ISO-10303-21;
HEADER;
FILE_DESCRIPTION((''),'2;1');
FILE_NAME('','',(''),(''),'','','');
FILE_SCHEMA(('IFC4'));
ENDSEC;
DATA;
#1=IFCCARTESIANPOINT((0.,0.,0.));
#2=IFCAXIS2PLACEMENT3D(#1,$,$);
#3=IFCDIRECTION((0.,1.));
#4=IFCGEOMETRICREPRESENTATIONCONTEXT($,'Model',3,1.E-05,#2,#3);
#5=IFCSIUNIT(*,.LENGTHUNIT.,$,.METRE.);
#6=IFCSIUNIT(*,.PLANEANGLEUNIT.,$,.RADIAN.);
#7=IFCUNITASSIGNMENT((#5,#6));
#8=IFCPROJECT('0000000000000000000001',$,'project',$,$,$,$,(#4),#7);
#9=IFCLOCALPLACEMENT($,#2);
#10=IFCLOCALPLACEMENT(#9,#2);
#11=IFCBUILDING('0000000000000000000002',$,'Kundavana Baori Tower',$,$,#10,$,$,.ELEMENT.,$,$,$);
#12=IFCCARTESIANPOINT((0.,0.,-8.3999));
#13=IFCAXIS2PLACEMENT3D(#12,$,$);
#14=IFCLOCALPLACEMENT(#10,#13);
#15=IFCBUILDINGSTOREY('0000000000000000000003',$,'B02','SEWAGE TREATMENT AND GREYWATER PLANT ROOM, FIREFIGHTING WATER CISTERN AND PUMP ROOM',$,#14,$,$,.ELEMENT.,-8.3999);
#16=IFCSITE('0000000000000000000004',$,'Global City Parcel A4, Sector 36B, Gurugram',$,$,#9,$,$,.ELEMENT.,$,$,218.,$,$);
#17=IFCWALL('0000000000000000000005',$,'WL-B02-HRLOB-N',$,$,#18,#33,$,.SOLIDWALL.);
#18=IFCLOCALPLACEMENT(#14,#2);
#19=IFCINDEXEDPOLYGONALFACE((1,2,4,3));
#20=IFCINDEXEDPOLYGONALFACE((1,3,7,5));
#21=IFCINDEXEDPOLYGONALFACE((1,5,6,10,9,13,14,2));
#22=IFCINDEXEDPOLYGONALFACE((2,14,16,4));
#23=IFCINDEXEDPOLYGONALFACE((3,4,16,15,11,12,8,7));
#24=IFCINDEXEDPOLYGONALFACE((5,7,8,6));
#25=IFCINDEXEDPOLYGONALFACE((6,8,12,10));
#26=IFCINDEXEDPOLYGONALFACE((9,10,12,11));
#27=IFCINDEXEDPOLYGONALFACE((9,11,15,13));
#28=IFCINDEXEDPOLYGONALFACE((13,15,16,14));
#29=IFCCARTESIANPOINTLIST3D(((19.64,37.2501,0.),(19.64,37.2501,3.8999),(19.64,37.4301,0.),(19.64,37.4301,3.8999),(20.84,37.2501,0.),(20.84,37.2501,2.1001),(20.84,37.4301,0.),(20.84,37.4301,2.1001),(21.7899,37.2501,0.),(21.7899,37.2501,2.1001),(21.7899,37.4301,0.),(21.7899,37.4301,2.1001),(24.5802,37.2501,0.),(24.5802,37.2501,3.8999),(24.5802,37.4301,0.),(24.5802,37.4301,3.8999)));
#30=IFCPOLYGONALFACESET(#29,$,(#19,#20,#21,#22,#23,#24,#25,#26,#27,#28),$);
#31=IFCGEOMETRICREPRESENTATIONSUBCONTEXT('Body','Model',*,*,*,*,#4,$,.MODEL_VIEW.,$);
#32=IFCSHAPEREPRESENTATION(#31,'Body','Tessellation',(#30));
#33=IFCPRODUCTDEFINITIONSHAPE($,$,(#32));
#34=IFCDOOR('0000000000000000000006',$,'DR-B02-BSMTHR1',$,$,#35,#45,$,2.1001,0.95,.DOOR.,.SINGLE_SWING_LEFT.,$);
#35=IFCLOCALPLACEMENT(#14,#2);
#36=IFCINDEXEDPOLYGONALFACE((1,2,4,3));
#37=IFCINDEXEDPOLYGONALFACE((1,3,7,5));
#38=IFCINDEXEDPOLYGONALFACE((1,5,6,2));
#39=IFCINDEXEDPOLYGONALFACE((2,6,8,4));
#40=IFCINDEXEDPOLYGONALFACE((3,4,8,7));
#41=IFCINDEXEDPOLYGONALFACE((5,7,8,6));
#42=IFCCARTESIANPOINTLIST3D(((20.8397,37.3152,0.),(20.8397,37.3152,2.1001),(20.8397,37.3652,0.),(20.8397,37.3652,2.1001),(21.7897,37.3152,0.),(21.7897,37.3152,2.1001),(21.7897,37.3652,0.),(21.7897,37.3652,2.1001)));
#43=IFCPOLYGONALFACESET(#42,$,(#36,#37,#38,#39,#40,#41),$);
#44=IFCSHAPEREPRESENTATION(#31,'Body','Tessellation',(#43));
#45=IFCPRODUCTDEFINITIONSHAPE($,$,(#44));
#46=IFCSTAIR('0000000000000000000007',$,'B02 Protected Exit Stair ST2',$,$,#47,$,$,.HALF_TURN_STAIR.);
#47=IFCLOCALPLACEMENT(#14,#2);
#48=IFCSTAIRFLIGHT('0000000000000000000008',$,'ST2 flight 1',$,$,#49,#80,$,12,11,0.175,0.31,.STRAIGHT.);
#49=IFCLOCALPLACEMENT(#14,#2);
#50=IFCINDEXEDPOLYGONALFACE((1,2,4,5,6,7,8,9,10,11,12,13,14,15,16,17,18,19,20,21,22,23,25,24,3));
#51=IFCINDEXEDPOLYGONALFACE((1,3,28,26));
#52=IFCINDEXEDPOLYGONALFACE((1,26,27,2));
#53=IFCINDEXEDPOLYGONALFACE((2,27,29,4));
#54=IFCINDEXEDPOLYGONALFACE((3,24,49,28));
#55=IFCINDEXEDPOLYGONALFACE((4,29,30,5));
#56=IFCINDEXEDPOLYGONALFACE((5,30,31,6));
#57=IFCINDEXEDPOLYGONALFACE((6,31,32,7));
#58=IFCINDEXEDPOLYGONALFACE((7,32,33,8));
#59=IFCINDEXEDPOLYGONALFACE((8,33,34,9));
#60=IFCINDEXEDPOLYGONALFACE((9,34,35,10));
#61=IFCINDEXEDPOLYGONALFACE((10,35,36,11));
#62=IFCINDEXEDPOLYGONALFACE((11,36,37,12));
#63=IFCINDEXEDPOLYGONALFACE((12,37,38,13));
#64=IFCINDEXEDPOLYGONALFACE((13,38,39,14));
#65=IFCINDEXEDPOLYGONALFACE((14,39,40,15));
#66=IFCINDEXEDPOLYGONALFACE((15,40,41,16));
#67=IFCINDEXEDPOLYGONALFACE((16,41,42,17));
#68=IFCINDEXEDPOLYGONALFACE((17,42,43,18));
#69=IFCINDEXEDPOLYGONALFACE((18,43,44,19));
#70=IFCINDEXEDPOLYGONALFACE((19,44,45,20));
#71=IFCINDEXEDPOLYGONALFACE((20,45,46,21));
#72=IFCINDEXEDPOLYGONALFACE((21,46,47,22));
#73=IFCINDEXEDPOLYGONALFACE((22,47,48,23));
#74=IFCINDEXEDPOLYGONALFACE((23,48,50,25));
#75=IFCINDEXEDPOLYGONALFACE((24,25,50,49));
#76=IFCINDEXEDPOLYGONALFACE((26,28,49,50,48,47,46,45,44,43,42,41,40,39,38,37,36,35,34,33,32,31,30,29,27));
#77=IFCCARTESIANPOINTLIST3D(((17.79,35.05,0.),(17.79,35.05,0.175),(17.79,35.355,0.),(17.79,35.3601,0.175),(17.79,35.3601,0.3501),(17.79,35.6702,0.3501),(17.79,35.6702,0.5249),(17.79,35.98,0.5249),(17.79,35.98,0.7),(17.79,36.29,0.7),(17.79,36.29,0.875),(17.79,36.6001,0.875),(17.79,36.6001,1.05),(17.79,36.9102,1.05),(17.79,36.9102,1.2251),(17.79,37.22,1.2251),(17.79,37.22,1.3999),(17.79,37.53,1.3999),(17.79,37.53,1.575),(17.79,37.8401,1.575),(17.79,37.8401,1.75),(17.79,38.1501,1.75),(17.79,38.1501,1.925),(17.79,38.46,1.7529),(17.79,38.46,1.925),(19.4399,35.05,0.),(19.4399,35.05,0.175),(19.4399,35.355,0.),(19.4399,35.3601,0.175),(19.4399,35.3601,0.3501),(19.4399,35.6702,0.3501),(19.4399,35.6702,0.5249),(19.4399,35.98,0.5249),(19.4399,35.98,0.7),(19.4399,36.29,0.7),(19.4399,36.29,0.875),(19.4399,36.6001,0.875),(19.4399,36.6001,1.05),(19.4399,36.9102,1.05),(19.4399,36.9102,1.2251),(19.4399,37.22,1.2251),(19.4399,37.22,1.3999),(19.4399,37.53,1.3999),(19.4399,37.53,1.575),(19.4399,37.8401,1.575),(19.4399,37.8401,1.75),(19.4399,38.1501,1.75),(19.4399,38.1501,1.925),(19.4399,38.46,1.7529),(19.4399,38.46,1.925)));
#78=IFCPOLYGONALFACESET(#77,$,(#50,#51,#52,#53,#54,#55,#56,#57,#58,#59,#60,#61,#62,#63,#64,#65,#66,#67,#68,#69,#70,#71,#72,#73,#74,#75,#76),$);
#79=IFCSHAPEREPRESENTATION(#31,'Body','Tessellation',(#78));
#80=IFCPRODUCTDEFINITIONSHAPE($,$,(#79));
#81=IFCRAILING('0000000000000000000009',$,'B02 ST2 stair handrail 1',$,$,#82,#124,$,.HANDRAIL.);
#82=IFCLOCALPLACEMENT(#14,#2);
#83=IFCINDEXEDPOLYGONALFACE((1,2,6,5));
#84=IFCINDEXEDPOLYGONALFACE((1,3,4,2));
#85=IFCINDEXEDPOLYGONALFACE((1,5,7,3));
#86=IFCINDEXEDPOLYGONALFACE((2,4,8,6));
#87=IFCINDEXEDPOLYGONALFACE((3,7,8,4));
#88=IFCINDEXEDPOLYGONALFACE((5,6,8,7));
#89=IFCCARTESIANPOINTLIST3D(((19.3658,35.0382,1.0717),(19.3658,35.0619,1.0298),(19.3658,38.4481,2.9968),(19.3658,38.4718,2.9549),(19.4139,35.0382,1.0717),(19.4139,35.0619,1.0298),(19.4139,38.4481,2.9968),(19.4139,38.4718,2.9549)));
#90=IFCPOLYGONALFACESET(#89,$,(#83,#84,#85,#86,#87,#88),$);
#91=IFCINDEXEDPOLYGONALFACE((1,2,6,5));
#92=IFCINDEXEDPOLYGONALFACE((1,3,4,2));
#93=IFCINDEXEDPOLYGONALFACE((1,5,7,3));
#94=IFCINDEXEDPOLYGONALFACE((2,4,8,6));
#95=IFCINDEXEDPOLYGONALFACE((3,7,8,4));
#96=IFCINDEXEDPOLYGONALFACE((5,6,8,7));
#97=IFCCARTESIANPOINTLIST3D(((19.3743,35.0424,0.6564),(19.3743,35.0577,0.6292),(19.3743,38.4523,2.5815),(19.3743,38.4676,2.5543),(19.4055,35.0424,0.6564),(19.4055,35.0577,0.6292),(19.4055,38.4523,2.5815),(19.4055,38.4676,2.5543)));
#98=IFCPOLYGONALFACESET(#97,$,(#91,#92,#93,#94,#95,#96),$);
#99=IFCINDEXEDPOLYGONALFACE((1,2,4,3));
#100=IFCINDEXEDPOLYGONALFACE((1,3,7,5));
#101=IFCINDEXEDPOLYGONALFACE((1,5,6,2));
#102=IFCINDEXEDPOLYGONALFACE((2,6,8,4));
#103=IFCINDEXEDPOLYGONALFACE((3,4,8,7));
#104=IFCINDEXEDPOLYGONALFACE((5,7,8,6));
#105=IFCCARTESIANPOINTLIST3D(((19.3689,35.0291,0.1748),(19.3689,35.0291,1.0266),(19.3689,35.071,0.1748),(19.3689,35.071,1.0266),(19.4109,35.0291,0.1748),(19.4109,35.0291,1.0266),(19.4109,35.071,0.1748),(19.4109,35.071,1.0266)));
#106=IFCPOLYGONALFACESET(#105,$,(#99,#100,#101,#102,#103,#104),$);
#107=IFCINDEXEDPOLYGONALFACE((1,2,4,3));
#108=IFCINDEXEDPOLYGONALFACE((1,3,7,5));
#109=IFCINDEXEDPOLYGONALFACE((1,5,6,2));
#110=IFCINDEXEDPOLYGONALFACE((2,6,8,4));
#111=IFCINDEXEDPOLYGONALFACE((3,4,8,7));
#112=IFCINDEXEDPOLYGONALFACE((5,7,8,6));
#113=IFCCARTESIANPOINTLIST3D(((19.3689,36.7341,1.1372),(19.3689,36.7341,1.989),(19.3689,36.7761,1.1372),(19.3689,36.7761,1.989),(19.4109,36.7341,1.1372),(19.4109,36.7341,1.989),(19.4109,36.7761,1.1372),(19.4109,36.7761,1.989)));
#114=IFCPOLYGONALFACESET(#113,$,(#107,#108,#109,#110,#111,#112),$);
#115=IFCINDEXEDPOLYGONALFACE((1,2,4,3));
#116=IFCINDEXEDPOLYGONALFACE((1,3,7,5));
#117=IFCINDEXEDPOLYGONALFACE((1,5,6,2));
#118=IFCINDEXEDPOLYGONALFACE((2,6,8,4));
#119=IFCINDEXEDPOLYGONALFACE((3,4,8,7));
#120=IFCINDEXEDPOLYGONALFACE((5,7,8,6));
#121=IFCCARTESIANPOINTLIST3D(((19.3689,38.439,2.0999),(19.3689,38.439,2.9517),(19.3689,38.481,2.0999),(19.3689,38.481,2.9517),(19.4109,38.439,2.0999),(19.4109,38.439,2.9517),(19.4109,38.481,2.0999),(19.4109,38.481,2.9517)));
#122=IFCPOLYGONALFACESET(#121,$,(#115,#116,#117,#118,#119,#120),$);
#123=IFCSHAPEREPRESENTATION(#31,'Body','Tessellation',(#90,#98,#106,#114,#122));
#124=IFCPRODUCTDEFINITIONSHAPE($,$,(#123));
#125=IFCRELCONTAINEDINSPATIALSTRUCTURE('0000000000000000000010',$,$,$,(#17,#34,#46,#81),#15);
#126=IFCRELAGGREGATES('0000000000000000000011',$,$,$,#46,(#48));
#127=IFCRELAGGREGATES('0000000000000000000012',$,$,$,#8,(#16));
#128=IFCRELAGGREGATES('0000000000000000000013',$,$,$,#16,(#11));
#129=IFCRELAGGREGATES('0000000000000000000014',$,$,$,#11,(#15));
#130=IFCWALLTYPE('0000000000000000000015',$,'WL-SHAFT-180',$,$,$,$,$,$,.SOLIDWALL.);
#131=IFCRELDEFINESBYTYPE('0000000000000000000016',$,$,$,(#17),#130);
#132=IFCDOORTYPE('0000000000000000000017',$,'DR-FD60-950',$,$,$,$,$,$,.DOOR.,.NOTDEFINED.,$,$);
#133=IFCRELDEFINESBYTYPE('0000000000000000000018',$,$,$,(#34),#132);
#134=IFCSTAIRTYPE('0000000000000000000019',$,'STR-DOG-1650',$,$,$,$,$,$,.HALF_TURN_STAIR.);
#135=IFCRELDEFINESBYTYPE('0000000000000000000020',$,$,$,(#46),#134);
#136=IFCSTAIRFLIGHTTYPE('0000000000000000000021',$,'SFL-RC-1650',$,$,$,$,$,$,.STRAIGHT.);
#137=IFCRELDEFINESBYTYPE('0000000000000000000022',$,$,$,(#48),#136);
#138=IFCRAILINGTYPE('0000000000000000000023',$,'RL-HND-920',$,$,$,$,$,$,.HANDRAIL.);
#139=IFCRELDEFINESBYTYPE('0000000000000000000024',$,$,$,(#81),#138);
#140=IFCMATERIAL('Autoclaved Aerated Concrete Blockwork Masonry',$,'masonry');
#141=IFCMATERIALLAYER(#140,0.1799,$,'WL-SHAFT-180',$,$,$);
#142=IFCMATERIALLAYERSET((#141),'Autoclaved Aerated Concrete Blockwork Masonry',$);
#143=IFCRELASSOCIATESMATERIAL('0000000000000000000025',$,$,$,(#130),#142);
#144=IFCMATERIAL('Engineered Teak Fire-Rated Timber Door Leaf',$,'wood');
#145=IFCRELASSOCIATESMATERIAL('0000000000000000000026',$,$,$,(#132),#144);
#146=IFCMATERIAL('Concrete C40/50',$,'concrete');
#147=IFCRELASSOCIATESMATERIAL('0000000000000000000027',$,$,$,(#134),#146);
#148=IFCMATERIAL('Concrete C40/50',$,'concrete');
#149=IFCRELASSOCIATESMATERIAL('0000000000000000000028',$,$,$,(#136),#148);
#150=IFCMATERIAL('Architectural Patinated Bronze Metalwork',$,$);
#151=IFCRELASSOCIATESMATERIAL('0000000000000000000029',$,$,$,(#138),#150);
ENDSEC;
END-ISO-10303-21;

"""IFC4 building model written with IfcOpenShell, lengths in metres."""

from ifc_helpers import new_model, si_unit, direction, frame, frame_2d, origin, origin_2d, place, context, subcontext, project, spatial, polyline, rectangle, outline, extrude, material, layer, layer_set, type_object, element, fill, aggregate, save


model = new_model("IFC4")

# Units and contexts
model_context = context("Model", 3, precision=1e-05, world=origin(), true_north=direction((0.0, 1.0)))
body_context = subcontext(model_context, "Body", "Model", "MODEL_VIEW")
ifc_project = project(units=[si_unit("LENGTHUNIT", "METRE"), si_unit("PLANEANGLEUNIT", "RADIAN")], contexts=[model_context])

# Site, building, storey
site_placement = place(None, origin())
site = spatial("IfcSite", under=ifc_project, at=site_placement, Name="Global City Parcel A4, Sector 36B, Gurugram", CompositionType="ELEMENT", RefElevation=218.0)
building_placement = place(site_placement, origin())
building = spatial("IfcBuilding", under=site, at=building_placement, Name="Kundavana Baori Tower", CompositionType="ELEMENT")
storey_placement = place(building_placement, frame((0.0, 0.0, -8.3999)))
storey = spatial("IfcBuildingStorey", under=building, at=storey_placement, Name="B02", Description="SEWAGE TREATMENT AND GREYWATER PLANT ROOM, FIREFIGHTING WATER CISTERN AND PUMP ROOM", CompositionType="ELEMENT", Elevation=-8.3999)

# Shared definitions
ifc_material_1 = material(Name="Autoclaved Aerated Concrete Blockwork Masonry", Category="masonry")
ifc_layer_1 = layer(ifc_material_1, 0.1799, Name="WL-SHAFT-180")
ifc_layer_set_1 = layer_set([ifc_layer_1], Name="Autoclaved Aerated Concrete Blockwork Masonry")
wall_type_1 = type_object("IfcWallType", Name="WL-SHAFT-180", PredefinedType="SOLIDWALL", material=ifc_layer_set_1)
ifc_material_2 = material(Name="Engineered Teak Fire-Rated Timber Door Leaf", Category="wood")
door_type_1 = type_object("IfcDoorType", Name="DR-FD60-950", OperationType="NOTDEFINED", PredefinedType="DOOR", material=ifc_material_2)

# Wall, opening, door
wall_1_placement = place(storey_placement, frame((19.6399, 37.3401, 0.0), z_axis=(0.0, 0.0, 1.0), x_axis=(1.0, 0.0, 0.0)))
wall_1 = element("IfcWall", 1, at=wall_1_placement, inside=storey, type_object=wall_type_1, Name="WL-B02-HRLOB-N", PredefinedType="SOLIDWALL", context=body_context, shape_type="SweptSolid", body=[
    extrude(rectangle(XDim=4.9402, YDim=0.1799, at=frame_2d((2.4702, 0.0))), origin(), (0.0, 0.0, 1.0), 3.8999),
])
opening_1_placement = place(wall_1_placement, frame((1.2, 0.0, 0.0)))
opening_1 = element("IfcOpeningElement", 2, at=opening_1_placement, cuts=wall_1, PredefinedType="OPENING", context=body_context, shape_type="SweptSolid", body=[
    extrude(rectangle(XDim=0.95, YDim=2.1001, at=frame_2d((0.4751, 1.05))), frame((0.0, 0.1001, 0.0), z_axis=(0.0, -1.0, 0.0), x_axis=(1.0, 0.0, 0.0)), (0.0, 0.0, 1.0), 0.2),
])
door_1_placement = place(opening_1_placement, frame((0.95, 0.0, 0.0), z_axis=(0.0, 0.0, 1.0), x_axis=(-1.0, 0.0, 0.0)))
door_1 = element("IfcDoor", 3, at=door_1_placement, inside=storey, type_object=door_type_1, Name="DR-B02-BSMTHR1", OperationType="SINGLE_SWING_LEFT", OverallHeight=2.1001, OverallWidth=0.95, PredefinedType="DOOR", context=body_context, shape_type="SweptSolid", body=[
    extrude(rectangle(XDim=0.95, YDim=2.1001, at=frame_2d((0.4751, 1.05))), frame((0.0, 0.0249, 0.0), z_axis=(0.0, -1.0, 0.0), x_axis=(1.0, 0.0, 0.0)), (0.0, 0.0, 1.0), 0.05),
])
fill(opening_1, door_1)

# Stair, stair flight
ifc_material_3 = material(Name="Concrete C40/50", Category="concrete")
stair_type = type_object("IfcStairType", Name="STR-DOG-1650", PredefinedType="HALF_TURN_STAIR", material=ifc_material_3)
stair_placement = place(storey_placement, origin())
stair = element("IfcStair", 4, at=stair_placement, inside=storey, type_object=stair_type, Name="B02 Protected Exit Stair ST2", PredefinedType="HALF_TURN_STAIR")
ifc_material_4 = material(Name="Concrete C40/50", Category="concrete")
stair_flight_type = type_object("IfcStairFlightType", Name="SFL-RC-1650", PredefinedType="STRAIGHT", material=ifc_material_4)
stair_flight_placement = place(storey_placement, frame((18.615, 35.05, 0.0), z_axis=(0.0, 0.0, 1.0), x_axis=(0.0, 1.0, 0.0)))
stair_flight = element("IfcStairFlight", 5, at=stair_flight_placement, type_object=stair_flight_type, Name="ST2 flight 1", NumberOfRisers=12, NumberOfTreads=11, PredefinedType="STRAIGHT", RiserHeight=0.175, TreadLength=0.31, context=body_context, shape_type="SweptSolid", body=[
    extrude(outline(polyline([(0.0, 0.0), (0.0, 0.175), (0.3101, 0.175), (0.3101, 0.3501), (0.6201, 0.3501), (0.6201, 0.5249), (0.9299, 0.5249), (0.9299, 0.7), (1.24, 0.7), (1.24, 0.875), (1.55, 0.875), (1.55, 1.05), (1.8601, 1.05), (1.8601, 1.2251), (2.1699, 1.2251), (2.1699, 1.3999), (2.48, 1.3999), (2.48, 1.575), (2.79, 1.575), (2.79, 1.75), (3.1001, 1.75), (3.1001, 1.925), (3.4099, 1.925), (3.4099, 2.1001), (3.4099, 1.7529), (0.3049, 0.0), (0.0, 0.0)])), frame((0.0, 0.825, 0.0), z_axis=(0.0, -1.0, 0.0), x_axis=(1.0, 0.0, 0.0)), (0.0, 0.0, 1.0), 1.6499),
])
aggregate(stair, [stair_flight])

# Railing
ifc_material_5 = material(Name="Architectural Patinated Bronze Metalwork")
railing_type = type_object("IfcRailingType", Name="RL-HND-920", PredefinedType="HANDRAIL", material=ifc_material_5)
railing_placement = place(storey_placement, frame((19.3899, 35.05, 0.1748)))
element("IfcRailing", 6, at=railing_placement, inside=storey, type_object=railing_type, Name="B02 ST2 stair handrail 1", PredefinedType="HANDRAIL", context=body_context, shape_type="SweptSolid", body=[
    extrude(rectangle(XDim=0.0481, YDim=0.0481, at=origin_2d()), frame((0.0, 0.0, 0.876), z_axis=(0.0, 0.870814, 0.491613), x_axis=(-1.0, 0.0, 0.0)), (0.0, 0.0, 1.0), 3.9158),
    extrude(rectangle(XDim=0.0312, YDim=0.0312, at=origin_2d()), frame((0.0, 0.0, 0.468), z_axis=(0.0, 0.870814, 0.491613), x_axis=(-1.0, 0.0, 0.0)), (0.0, 0.0, 1.0), 3.9158),
    extrude(rectangle(XDim=0.042, YDim=0.042, at=origin_2d()), origin(), (0.0, 0.0, 1.0), 0.8518),
    extrude(rectangle(XDim=0.042, YDim=0.042, at=origin_2d()), frame((0.0, 1.7051, 0.9624)), (0.0, 0.0, 1.0), 0.8518),
    extrude(rectangle(XDim=0.042, YDim=0.042, at=origin_2d()), frame((0.0, 3.4099, 1.925)), (0.0, 0.0, 1.0), 0.8518),
])

save(model, "model.ifc")
